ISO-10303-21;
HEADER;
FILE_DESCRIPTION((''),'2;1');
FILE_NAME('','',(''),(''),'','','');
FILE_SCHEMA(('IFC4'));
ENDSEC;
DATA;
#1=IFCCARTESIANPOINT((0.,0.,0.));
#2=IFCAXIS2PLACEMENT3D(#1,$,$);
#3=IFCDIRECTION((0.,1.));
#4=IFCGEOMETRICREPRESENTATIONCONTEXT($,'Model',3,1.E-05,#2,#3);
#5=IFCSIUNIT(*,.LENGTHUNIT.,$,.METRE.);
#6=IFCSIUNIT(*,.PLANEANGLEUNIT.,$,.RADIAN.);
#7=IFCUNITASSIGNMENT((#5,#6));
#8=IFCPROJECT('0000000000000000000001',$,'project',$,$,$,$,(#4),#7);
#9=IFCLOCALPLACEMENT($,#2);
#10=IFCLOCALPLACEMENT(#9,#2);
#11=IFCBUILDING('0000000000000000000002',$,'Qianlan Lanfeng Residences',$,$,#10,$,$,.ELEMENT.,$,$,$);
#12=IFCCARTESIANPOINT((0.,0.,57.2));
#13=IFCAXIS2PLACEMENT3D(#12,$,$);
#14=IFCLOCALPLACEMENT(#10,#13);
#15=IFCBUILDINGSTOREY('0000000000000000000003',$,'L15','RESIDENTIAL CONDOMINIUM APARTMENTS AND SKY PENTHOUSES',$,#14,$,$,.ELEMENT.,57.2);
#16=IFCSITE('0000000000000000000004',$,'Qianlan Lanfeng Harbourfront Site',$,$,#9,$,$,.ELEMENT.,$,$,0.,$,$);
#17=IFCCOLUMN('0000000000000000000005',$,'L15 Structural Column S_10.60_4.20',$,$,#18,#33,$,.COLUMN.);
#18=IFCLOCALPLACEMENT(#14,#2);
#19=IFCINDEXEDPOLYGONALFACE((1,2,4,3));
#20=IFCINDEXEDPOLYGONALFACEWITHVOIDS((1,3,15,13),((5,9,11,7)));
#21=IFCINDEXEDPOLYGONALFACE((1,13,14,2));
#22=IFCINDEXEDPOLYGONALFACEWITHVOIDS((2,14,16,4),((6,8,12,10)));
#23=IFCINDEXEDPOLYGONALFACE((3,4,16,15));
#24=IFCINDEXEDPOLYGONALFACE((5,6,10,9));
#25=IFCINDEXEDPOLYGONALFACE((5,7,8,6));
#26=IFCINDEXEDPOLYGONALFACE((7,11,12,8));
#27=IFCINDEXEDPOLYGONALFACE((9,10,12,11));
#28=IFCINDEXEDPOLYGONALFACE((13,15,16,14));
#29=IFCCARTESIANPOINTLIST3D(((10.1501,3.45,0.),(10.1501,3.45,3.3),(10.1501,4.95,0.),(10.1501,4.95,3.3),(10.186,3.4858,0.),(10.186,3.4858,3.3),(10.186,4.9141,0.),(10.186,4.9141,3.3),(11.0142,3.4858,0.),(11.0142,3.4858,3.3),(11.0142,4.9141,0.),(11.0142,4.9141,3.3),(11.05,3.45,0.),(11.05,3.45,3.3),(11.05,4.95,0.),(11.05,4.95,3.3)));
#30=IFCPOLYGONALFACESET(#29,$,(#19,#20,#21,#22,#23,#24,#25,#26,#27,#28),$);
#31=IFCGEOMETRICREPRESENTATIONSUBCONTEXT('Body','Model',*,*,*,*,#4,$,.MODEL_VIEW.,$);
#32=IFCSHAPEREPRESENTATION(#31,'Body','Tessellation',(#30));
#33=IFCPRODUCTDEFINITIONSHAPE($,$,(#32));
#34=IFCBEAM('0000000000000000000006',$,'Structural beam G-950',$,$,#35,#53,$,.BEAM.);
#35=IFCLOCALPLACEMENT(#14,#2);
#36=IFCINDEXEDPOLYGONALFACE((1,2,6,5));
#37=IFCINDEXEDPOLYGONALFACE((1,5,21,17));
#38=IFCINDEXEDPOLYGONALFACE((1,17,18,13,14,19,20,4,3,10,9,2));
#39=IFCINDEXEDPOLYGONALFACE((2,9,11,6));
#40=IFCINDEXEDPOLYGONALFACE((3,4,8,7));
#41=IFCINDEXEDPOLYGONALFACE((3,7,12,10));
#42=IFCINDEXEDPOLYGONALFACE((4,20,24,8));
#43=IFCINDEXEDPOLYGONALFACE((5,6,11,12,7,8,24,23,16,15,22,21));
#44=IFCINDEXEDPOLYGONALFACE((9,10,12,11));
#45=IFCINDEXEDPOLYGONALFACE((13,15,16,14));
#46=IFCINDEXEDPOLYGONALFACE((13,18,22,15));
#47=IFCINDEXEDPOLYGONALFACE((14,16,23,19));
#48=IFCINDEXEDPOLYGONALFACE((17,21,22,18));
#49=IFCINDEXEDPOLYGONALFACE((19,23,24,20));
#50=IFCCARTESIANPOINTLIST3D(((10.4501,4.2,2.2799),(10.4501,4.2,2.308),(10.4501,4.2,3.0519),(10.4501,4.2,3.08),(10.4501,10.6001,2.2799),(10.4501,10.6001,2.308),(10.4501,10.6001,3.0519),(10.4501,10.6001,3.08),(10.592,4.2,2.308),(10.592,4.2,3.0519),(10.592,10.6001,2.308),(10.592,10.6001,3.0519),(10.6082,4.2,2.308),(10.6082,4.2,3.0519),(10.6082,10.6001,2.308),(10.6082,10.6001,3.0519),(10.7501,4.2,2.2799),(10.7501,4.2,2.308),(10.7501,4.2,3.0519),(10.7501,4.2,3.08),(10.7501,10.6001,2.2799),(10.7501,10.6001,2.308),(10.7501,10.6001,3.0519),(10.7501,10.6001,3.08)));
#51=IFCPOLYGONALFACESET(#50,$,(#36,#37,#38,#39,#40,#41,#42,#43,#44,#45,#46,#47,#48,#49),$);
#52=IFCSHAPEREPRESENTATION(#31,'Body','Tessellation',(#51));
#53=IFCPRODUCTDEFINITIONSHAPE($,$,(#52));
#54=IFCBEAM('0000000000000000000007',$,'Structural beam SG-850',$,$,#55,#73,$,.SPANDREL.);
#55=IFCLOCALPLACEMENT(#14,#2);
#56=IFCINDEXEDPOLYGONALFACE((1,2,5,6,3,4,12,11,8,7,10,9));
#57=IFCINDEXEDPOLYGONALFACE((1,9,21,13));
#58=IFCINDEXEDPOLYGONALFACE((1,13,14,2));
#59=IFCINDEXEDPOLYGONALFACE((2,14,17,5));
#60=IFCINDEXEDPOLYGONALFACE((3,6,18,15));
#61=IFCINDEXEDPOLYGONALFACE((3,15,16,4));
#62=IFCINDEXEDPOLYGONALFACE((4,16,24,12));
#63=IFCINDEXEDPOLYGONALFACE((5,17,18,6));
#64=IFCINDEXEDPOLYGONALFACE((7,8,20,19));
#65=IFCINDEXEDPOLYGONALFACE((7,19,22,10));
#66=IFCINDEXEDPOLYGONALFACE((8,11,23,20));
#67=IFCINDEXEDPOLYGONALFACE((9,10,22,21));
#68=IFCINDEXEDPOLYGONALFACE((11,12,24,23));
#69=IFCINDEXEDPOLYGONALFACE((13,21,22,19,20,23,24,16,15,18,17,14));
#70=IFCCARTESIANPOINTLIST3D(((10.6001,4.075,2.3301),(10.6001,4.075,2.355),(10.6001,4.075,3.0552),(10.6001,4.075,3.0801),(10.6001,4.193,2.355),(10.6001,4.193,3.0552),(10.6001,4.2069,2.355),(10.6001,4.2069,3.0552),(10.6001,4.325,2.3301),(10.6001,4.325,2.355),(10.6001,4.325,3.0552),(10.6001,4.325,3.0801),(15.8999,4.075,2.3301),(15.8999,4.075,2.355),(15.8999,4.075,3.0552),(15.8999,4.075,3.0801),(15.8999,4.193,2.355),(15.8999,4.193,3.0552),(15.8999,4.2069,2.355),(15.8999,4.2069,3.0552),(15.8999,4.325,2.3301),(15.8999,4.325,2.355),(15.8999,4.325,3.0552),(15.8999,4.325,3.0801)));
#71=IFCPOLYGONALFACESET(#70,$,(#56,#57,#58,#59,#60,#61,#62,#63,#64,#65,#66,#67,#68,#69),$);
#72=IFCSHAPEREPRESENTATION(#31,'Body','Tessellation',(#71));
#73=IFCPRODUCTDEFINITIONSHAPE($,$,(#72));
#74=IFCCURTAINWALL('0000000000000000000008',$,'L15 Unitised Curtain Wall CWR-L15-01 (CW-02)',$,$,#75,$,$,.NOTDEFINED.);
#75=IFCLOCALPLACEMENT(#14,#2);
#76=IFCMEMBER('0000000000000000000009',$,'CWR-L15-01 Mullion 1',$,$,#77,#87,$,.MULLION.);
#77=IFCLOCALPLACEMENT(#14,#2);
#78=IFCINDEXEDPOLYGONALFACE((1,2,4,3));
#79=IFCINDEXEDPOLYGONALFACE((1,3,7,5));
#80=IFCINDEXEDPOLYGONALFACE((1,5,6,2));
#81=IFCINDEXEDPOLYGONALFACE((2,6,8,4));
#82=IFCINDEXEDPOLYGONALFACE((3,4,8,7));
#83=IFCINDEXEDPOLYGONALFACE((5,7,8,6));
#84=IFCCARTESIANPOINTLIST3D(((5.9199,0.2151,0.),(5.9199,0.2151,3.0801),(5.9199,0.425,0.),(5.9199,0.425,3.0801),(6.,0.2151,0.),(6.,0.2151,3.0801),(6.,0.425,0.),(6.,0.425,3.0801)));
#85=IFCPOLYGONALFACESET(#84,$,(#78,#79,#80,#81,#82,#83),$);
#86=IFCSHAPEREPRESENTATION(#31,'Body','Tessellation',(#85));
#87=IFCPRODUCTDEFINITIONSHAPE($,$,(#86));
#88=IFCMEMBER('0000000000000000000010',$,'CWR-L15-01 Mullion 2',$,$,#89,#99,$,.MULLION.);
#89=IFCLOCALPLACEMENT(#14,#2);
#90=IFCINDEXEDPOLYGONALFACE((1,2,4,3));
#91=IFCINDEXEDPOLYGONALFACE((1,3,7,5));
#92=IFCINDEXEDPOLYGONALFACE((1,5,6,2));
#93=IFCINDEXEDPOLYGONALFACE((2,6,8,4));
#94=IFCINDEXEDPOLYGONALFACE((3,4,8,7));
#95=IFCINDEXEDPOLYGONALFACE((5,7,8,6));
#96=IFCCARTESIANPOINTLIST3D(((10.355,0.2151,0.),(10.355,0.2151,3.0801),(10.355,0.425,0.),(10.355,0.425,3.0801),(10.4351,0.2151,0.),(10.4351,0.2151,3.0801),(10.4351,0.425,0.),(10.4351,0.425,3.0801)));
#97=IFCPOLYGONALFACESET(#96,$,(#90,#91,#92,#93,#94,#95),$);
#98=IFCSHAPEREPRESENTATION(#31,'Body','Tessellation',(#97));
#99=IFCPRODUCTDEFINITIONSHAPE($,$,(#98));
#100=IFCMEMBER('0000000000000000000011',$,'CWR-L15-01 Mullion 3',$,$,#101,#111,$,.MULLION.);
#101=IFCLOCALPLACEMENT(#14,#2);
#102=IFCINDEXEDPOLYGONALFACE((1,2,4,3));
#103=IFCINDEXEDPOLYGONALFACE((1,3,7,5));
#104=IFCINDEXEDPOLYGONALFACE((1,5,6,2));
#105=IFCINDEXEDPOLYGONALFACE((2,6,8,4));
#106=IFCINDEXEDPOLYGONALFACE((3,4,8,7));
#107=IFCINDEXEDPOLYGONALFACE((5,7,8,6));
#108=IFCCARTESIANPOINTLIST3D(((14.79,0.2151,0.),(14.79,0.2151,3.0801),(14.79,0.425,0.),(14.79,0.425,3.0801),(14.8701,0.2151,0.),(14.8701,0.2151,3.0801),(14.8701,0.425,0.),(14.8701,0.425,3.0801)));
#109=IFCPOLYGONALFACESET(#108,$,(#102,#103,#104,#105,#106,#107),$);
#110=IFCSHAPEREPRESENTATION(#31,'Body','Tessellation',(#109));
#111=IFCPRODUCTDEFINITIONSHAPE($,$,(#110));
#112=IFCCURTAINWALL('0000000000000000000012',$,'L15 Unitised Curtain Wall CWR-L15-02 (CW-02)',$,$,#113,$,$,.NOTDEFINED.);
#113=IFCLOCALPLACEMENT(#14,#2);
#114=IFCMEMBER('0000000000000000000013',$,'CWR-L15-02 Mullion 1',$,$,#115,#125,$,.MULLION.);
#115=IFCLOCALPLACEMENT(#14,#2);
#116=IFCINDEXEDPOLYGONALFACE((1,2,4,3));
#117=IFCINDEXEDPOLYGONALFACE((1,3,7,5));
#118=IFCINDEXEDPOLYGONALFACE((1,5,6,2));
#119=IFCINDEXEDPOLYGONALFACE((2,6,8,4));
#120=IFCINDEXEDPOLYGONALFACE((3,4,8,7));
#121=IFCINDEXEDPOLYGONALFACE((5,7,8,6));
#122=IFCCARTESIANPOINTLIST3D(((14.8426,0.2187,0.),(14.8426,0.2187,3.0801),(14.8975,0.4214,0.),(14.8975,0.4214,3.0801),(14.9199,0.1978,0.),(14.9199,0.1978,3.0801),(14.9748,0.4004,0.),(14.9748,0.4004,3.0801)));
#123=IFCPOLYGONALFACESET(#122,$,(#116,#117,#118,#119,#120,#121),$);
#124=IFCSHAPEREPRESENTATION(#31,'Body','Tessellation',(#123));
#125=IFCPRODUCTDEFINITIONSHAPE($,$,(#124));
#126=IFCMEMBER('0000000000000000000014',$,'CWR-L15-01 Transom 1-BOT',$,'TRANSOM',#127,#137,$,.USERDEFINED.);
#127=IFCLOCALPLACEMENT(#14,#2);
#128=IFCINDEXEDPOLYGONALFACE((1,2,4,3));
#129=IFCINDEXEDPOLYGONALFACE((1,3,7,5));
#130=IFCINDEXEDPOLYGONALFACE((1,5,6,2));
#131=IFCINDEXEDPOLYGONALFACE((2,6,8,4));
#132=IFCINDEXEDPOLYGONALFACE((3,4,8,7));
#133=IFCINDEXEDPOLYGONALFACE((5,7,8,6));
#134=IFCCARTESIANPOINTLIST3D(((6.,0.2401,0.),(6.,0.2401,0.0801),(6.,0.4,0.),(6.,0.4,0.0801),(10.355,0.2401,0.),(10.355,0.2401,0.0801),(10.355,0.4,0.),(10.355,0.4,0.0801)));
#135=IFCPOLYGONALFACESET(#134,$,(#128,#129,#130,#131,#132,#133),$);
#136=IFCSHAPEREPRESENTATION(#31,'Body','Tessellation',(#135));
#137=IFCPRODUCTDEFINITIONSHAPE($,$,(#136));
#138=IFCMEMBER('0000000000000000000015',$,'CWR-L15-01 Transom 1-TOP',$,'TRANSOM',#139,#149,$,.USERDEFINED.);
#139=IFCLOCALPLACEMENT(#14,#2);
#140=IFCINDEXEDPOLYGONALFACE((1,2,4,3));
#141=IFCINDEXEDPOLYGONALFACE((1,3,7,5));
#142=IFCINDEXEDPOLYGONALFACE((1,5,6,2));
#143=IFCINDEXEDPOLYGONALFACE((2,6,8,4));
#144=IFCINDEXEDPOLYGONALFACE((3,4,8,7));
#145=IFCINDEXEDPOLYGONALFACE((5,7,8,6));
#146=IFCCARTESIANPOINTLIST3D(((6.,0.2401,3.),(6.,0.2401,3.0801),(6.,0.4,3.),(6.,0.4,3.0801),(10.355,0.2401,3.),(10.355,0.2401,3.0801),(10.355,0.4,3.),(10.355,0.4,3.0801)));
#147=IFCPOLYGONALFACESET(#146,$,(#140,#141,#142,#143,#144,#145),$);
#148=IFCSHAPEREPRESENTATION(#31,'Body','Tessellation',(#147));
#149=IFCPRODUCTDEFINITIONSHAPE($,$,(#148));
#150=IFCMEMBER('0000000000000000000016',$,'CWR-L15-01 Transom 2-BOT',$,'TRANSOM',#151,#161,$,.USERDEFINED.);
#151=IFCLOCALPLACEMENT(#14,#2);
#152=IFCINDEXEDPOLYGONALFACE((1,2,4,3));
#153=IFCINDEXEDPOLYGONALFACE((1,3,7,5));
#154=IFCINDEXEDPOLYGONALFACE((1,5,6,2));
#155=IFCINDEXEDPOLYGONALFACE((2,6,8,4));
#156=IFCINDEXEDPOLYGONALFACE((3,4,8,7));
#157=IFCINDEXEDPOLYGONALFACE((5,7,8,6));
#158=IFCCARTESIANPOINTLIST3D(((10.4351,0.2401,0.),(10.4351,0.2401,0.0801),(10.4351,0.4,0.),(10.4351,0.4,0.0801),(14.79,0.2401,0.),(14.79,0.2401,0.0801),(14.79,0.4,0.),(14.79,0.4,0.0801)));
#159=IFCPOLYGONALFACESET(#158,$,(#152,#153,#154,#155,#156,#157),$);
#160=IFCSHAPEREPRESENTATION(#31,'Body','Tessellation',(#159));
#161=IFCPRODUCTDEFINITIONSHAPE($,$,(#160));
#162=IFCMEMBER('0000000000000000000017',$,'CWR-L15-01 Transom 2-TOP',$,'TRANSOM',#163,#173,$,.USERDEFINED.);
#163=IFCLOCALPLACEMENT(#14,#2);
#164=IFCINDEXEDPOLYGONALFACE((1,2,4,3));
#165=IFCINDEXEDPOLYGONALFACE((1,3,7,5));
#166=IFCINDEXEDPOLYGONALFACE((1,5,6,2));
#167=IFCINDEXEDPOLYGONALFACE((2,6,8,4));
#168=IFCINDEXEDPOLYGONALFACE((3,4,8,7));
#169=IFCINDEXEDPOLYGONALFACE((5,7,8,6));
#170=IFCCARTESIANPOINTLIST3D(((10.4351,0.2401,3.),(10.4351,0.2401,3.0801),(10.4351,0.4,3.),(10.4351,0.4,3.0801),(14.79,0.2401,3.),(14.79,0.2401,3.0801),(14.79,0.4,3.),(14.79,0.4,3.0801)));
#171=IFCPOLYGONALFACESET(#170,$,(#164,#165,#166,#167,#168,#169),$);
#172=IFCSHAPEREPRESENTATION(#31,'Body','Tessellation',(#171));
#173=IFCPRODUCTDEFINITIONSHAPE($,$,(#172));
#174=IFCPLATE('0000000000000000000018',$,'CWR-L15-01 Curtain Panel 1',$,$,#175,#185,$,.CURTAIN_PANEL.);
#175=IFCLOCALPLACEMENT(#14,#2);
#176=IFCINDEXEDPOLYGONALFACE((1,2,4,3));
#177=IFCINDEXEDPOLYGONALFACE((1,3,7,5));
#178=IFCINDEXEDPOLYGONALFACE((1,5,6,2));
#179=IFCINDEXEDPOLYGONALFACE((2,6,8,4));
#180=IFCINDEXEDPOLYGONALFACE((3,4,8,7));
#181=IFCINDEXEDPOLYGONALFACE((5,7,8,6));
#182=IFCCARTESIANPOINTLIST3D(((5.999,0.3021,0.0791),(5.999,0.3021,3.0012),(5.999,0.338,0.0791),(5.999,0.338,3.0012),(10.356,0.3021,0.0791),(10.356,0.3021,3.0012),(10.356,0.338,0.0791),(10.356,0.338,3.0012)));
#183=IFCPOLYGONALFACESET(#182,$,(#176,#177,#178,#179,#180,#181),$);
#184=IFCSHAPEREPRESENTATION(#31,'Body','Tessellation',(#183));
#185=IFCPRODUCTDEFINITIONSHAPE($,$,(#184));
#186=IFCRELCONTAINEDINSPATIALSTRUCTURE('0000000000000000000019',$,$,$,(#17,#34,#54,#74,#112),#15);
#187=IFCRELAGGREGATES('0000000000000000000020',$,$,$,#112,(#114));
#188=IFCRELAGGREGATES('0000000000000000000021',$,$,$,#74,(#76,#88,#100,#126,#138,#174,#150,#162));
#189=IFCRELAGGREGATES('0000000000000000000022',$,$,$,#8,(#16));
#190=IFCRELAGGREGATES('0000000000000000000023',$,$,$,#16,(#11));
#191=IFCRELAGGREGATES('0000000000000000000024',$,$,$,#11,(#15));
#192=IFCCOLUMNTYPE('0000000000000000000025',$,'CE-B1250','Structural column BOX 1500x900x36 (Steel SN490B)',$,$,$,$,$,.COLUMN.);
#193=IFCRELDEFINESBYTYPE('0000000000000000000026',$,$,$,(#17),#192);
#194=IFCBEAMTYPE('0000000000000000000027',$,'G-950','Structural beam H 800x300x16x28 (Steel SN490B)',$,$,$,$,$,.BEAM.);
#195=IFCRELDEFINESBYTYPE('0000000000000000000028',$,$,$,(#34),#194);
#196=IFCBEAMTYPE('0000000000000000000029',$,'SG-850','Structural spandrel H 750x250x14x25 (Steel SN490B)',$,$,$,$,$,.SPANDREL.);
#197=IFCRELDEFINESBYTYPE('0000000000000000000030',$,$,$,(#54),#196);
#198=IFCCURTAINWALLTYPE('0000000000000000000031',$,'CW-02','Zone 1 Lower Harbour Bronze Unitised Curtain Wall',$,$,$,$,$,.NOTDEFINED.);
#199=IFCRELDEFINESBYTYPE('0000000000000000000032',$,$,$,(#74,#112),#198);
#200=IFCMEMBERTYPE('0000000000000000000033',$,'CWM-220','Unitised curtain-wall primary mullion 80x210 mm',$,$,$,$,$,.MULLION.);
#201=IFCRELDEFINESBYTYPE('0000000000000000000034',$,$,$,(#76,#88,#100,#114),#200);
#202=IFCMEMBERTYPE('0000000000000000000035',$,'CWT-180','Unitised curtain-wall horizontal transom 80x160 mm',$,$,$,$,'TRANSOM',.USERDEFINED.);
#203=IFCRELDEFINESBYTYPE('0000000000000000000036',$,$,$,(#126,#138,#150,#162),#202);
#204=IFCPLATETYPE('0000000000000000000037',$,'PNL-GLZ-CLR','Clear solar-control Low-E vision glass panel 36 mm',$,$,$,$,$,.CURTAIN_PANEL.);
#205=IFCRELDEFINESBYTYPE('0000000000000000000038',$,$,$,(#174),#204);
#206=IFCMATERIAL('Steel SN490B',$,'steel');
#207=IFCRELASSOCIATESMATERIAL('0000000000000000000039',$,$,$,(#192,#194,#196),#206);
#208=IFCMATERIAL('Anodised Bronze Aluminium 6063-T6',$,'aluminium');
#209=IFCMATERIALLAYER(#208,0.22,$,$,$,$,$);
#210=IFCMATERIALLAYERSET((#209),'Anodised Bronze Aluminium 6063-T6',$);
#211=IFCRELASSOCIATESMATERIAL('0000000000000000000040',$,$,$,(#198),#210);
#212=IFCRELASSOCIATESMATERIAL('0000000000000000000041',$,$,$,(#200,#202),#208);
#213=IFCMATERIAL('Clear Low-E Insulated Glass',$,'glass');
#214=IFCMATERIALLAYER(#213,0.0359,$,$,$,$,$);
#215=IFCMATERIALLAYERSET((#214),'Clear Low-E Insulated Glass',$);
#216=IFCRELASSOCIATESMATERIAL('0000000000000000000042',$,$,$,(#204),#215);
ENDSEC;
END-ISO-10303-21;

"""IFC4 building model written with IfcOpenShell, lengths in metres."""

from ifc_helpers import new_model, si_unit, direction, frame, origin, origin_2d, place, context, subcontext, project, spatial, rectangle, hollow_rectangle, i_section, extrude, source, transform, mapped, material, layer, layer_set, material_profile, profile_set, type_object, element, aggregate, save


model = new_model("IFC4")

# Units and contexts
model_context = context("Model", 3, precision=1e-05, world=origin(), true_north=direction((0.0, 1.0)))
body_context = subcontext(model_context, "Body", "Model", "MODEL_VIEW")
ifc_project = project(units=[si_unit("LENGTHUNIT", "METRE"), si_unit("PLANEANGLEUNIT", "RADIAN")], contexts=[model_context])

# Site, building, storey
site_placement = place(None, origin())
site = spatial("IfcSite", under=ifc_project, at=site_placement, Name="Qianlan Lanfeng Harbourfront Site", CompositionType="ELEMENT", RefElevation=0.0)
building_placement = place(site_placement, origin())
building = spatial("IfcBuilding", under=site, at=building_placement, Name="Qianlan Lanfeng Residences", CompositionType="ELEMENT")
storey_placement = place(building_placement, frame((0.0, 0.0, 57.2)))
storey = spatial("IfcBuildingStorey", under=building, at=storey_placement, Name="L15", Description="RESIDENTIAL CONDOMINIUM APARTMENTS AND SKY PENTHOUSES", CompositionType="ELEMENT", Elevation=57.2)

# Column
ifc_material_1 = material(Name="Steel SN490B", Category="steel")
ifc_material_profile_1 = material_profile(ifc_material_1, hollow_rectangle(XDim=0.8999, YDim=1.5, WallThickness=0.0359, at=origin_2d()), Name="BOX 1500x900x36")
ifc_profile_set_1 = profile_set([ifc_material_profile_1], Name="Steel SN490B")
column_type = type_object("IfcColumnType", Name="CE-B1250", Description="Structural column BOX 1500x900x36 (Steel SN490B)", PredefinedType="COLUMN", material=ifc_profile_set_1)
column_placement = place(storey_placement, frame((10.6001, 4.2, 0.0), z_axis=(0.0, 0.0, 1.0), x_axis=(1.0, 0.0, 0.0)))
element("IfcColumn", 1, at=column_placement, inside=storey, type_object=column_type, Name="L15 Structural Column S_10.60_4.20", PredefinedType="COLUMN", context=body_context, shape_type="SweptSolid", body=[
    extrude(hollow_rectangle(XDim=0.8999, YDim=1.5, WallThickness=0.0359, at=origin_2d()), origin(), (0.0, 0.0, 1.0), 3.3),
])

# Beams
ifc_material_profile_2 = material_profile(ifc_material_1, i_section(OverallWidth=0.3, OverallDepth=0.8, WebThickness=0.0161, FlangeThickness=0.0281, at=origin_2d()), Name="H 800x300x16x28")
ifc_profile_set_2 = profile_set([ifc_material_profile_2], Name="Steel SN490B")
beam_type_1 = type_object("IfcBeamType", Name="G-950", Description="Structural beam H 800x300x16x28 (Steel SN490B)", PredefinedType="BEAM", material=ifc_profile_set_2)
beam_1_placement = place(storey_placement, frame((10.6001, 4.2, 2.6799), z_axis=(0.0, 1.0, 0.0), x_axis=(-1.0, 0.0, 0.0)))
element("IfcBeam", 2, at=beam_1_placement, inside=storey, type_object=beam_type_1, Name="Structural beam G-950", PredefinedType="BEAM", context=body_context, shape_type="SweptSolid", body=[
    extrude(i_section(OverallWidth=0.3, OverallDepth=0.8, WebThickness=0.0161, FlangeThickness=0.0281, at=origin_2d()), origin(), (0.0, 0.0, 1.0), 6.4001),
])
ifc_material_profile_3 = material_profile(ifc_material_1, i_section(OverallWidth=0.25, OverallDepth=0.75, WebThickness=0.0139, FlangeThickness=0.0249, at=origin_2d()), Name="H 750x250x14x25")
ifc_profile_set_3 = profile_set([ifc_material_profile_3], Name="Steel SN490B")
beam_type_2 = type_object("IfcBeamType", Name="SG-850", Description="Structural spandrel H 750x250x14x25 (Steel SN490B)", PredefinedType="SPANDREL", material=ifc_profile_set_3)
beam_2_placement = place(storey_placement, frame((10.6001, 4.2, 2.7051), z_axis=(1.0, 0.0, 0.0), x_axis=(0.0, 1.0, 0.0)))
element("IfcBeam", 3, at=beam_2_placement, inside=storey, type_object=beam_type_2, Name="Structural beam SG-850", PredefinedType="SPANDREL", context=body_context, shape_type="SweptSolid", body=[
    extrude(i_section(OverallWidth=0.25, OverallDepth=0.75, WebThickness=0.0139, FlangeThickness=0.0249, at=origin_2d()), origin(), (0.0, 0.0, 1.0), 5.2998),
])

# Curtain wall, members
ifc_material_2 = material(Name="Anodised Bronze Aluminium 6063-T6", Category="aluminium")
ifc_layer_1 = layer(ifc_material_2, 0.22)
ifc_layer_set_1 = layer_set([ifc_layer_1], Name="Anodised Bronze Aluminium 6063-T6")
curtain_wall_type = type_object("IfcCurtainWallType", Name="CW-02", Description="Zone 1 Lower Harbour Bronze Unitised Curtain Wall", PredefinedType="NOTDEFINED", material=ifc_layer_set_1)
curtain_wall_1_placement = place(storey_placement, origin())
curtain_wall_1 = element("IfcCurtainWall", 4, at=curtain_wall_1_placement, inside=storey, type_object=curtain_wall_type, Name="L15 Unitised Curtain Wall CWR-L15-01 (CW-02)", PredefinedType="NOTDEFINED")
ifc_material_profile_4 = material_profile(ifc_material_2, rectangle(XDim=0.0801, YDim=0.21, at=origin_2d()), Name="ALU MULLION 80x210")
ifc_profile_set_4 = profile_set([ifc_material_profile_4], Name="Anodised Bronze Aluminium 6063-T6")
member_type_1 = type_object("IfcMemberType", Name="CWM-220", Description="Unitised curtain-wall primary mullion 80x210 mm", PredefinedType="MULLION", material=ifc_profile_set_4)
shared_shape_1 = source(origin(), body_context, "Body", "SweptSolid", [
    extrude(rectangle(XDim=0.0801, YDim=0.21, at=origin_2d()), origin(), (0.0, 0.0, 1.0), 3.0801),
])
member_1_placement = place(storey_placement, frame((5.96, 0.3201, 0.0), z_axis=(0.0, 0.0, 1.0), x_axis=(1.0, 0.0, 0.0)))
member_1 = element("IfcMember", 5, at=member_1_placement, type_object=member_type_1, Name="CWR-L15-01 Mullion 1", PredefinedType="MULLION", context=body_context, shape_type="MappedRepresentation", body=[
    mapped(shared_shape_1, transform((0.0, 0.0, 0.0), scale=1.0)),
])
member_2_placement = place(storey_placement, frame((10.395, 0.3201, 0.0), z_axis=(0.0, 0.0, 1.0), x_axis=(1.0, 0.0, 0.0)))
member_2 = element("IfcMember", 6, at=member_2_placement, type_object=member_type_1, Name="CWR-L15-01 Mullion 2", PredefinedType="MULLION", context=body_context, shape_type="MappedRepresentation", body=[
    mapped(shared_shape_1, transform((0.0, 0.0, 0.0), scale=1.0)),
])
member_3_placement = place(storey_placement, frame((14.8301, 0.3201, 0.0), z_axis=(0.0, 0.0, 1.0), x_axis=(1.0, 0.0, 0.0)))
member_3 = element("IfcMember", 7, at=member_3_placement, type_object=member_type_1, Name="CWR-L15-01 Mullion 3", PredefinedType="MULLION", context=body_context, shape_type="MappedRepresentation", body=[
    mapped(shared_shape_1, transform((0.0, 0.0, 0.0), scale=1.0)),
])

# Curtain wall, member
curtain_wall_2_placement = place(storey_placement, origin())
curtain_wall_2 = element("IfcCurtainWall", 8, at=curtain_wall_2_placement, inside=storey, type_object=curtain_wall_type, Name="L15 Unitised Curtain Wall CWR-L15-02 (CW-02)", PredefinedType="NOTDEFINED")
member_4_placement = place(storey_placement, frame((14.9087, 0.3096, 0.0), z_axis=(0.0, 0.0, 1.0), x_axis=(0.965263, -0.261281, 0.0)))
member_4 = element("IfcMember", 9, at=member_4_placement, type_object=member_type_1, Name="CWR-L15-02 Mullion 1", PredefinedType="MULLION", context=body_context, shape_type="MappedRepresentation", body=[
    mapped(shared_shape_1, transform((0.0, 0.0, 0.0), scale=1.0)),
])
aggregate(curtain_wall_2, [member_4])

# Members
ifc_material_profile_5 = material_profile(ifc_material_2, rectangle(XDim=0.0801, YDim=0.1599, at=origin_2d()), Name="ALU TRANSOM 80x160")
ifc_profile_set_5 = profile_set([ifc_material_profile_5], Name="Anodised Bronze Aluminium 6063-T6")
member_type_2 = type_object("IfcMemberType", Name="CWT-180", Description="Unitised curtain-wall horizontal transom 80x160 mm", ElementType="TRANSOM", PredefinedType="USERDEFINED", material=ifc_profile_set_5)
shared_shape_2 = source(origin(), body_context, "Body", "SweptSolid", [
    extrude(rectangle(XDim=0.0801, YDim=0.1599, at=origin_2d()), origin(), (0.0, 0.0, 1.0), 4.355),
])
member_5_placement = place(storey_placement, frame((6.0, 0.3201, 0.04), z_axis=(1.0, 0.0, 0.0), x_axis=(0.0, 0.0, 1.0)))
member_5 = element("IfcMember", 10, at=member_5_placement, type_object=member_type_2, Name="CWR-L15-01 Transom 1-BOT", ObjectType="TRANSOM", PredefinedType="USERDEFINED", context=body_context, shape_type="MappedRepresentation", body=[
    mapped(shared_shape_2, transform((0.0, 0.0, 0.0), scale=1.0)),
])
member_6_placement = place(storey_placement, frame((6.0, 0.3201, 3.04), z_axis=(1.0, 0.0, 0.0), x_axis=(0.0, 0.0, 1.0)))
member_6 = element("IfcMember", 11, at=member_6_placement, type_object=member_type_2, Name="CWR-L15-01 Transom 1-TOP", ObjectType="TRANSOM", PredefinedType="USERDEFINED", context=body_context, shape_type="MappedRepresentation", body=[
    mapped(shared_shape_2, transform((0.0, 0.0, 0.0), scale=1.0)),
])
member_7_placement = place(storey_placement, frame((10.4351, 0.3201, 0.04), z_axis=(1.0, 0.0, 0.0), x_axis=(0.0, 0.0, 1.0)))
member_7 = element("IfcMember", 12, at=member_7_placement, type_object=member_type_2, Name="CWR-L15-01 Transom 2-BOT", ObjectType="TRANSOM", PredefinedType="USERDEFINED", context=body_context, shape_type="MappedRepresentation", body=[
    mapped(shared_shape_2, transform((0.0, 0.0, 0.0), scale=1.0)),
])
member_8_placement = place(storey_placement, frame((10.4351, 0.3201, 3.04), z_axis=(1.0, 0.0, 0.0), x_axis=(0.0, 0.0, 1.0)))
member_8 = element("IfcMember", 13, at=member_8_placement, type_object=member_type_2, Name="CWR-L15-01 Transom 2-TOP", ObjectType="TRANSOM", PredefinedType="USERDEFINED", context=body_context, shape_type="MappedRepresentation", body=[
    mapped(shared_shape_2, transform((0.0, 0.0, 0.0), scale=1.0)),
])

# Plate
ifc_material_3 = material(Name="Clear Low-E Insulated Glass", Category="glass")
ifc_layer_2 = layer(ifc_material_3, 0.0359)
ifc_layer_set_2 = layer_set([ifc_layer_2], Name="Clear Low-E Insulated Glass")
plate_type = type_object("IfcPlateType", Name="PNL-GLZ-CLR", Description="Clear solar-control Low-E vision glass panel 36 mm", PredefinedType="CURTAIN_PANEL", material=ifc_layer_set_2)
shared_shape_3 = source(origin(), body_context, "Body", "SweptSolid", [
    extrude(rectangle(XDim=4.3569, YDim=0.0359, at=origin_2d()), origin(), (0.0, 0.0, 1.0), 2.9221),
])
plate_1_placement = place(storey_placement, frame((8.1775, 0.3201, 0.0791), z_axis=(0.0, 0.0, 1.0), x_axis=(1.0, 0.0, 0.0)))
plate_1 = element("IfcPlate", 14, at=plate_1_placement, type_object=plate_type, Name="CWR-L15-01 Curtain Panel 1", PredefinedType="CURTAIN_PANEL", context=body_context, shape_type="MappedRepresentation", body=[
    mapped(shared_shape_3, transform((0.0, 0.0, 0.0), scale=1.0)),
])
aggregate(curtain_wall_1, [member_1, member_2, member_3, member_5, member_6, plate_1, member_7, member_8])

save(model, "model.ifc")
